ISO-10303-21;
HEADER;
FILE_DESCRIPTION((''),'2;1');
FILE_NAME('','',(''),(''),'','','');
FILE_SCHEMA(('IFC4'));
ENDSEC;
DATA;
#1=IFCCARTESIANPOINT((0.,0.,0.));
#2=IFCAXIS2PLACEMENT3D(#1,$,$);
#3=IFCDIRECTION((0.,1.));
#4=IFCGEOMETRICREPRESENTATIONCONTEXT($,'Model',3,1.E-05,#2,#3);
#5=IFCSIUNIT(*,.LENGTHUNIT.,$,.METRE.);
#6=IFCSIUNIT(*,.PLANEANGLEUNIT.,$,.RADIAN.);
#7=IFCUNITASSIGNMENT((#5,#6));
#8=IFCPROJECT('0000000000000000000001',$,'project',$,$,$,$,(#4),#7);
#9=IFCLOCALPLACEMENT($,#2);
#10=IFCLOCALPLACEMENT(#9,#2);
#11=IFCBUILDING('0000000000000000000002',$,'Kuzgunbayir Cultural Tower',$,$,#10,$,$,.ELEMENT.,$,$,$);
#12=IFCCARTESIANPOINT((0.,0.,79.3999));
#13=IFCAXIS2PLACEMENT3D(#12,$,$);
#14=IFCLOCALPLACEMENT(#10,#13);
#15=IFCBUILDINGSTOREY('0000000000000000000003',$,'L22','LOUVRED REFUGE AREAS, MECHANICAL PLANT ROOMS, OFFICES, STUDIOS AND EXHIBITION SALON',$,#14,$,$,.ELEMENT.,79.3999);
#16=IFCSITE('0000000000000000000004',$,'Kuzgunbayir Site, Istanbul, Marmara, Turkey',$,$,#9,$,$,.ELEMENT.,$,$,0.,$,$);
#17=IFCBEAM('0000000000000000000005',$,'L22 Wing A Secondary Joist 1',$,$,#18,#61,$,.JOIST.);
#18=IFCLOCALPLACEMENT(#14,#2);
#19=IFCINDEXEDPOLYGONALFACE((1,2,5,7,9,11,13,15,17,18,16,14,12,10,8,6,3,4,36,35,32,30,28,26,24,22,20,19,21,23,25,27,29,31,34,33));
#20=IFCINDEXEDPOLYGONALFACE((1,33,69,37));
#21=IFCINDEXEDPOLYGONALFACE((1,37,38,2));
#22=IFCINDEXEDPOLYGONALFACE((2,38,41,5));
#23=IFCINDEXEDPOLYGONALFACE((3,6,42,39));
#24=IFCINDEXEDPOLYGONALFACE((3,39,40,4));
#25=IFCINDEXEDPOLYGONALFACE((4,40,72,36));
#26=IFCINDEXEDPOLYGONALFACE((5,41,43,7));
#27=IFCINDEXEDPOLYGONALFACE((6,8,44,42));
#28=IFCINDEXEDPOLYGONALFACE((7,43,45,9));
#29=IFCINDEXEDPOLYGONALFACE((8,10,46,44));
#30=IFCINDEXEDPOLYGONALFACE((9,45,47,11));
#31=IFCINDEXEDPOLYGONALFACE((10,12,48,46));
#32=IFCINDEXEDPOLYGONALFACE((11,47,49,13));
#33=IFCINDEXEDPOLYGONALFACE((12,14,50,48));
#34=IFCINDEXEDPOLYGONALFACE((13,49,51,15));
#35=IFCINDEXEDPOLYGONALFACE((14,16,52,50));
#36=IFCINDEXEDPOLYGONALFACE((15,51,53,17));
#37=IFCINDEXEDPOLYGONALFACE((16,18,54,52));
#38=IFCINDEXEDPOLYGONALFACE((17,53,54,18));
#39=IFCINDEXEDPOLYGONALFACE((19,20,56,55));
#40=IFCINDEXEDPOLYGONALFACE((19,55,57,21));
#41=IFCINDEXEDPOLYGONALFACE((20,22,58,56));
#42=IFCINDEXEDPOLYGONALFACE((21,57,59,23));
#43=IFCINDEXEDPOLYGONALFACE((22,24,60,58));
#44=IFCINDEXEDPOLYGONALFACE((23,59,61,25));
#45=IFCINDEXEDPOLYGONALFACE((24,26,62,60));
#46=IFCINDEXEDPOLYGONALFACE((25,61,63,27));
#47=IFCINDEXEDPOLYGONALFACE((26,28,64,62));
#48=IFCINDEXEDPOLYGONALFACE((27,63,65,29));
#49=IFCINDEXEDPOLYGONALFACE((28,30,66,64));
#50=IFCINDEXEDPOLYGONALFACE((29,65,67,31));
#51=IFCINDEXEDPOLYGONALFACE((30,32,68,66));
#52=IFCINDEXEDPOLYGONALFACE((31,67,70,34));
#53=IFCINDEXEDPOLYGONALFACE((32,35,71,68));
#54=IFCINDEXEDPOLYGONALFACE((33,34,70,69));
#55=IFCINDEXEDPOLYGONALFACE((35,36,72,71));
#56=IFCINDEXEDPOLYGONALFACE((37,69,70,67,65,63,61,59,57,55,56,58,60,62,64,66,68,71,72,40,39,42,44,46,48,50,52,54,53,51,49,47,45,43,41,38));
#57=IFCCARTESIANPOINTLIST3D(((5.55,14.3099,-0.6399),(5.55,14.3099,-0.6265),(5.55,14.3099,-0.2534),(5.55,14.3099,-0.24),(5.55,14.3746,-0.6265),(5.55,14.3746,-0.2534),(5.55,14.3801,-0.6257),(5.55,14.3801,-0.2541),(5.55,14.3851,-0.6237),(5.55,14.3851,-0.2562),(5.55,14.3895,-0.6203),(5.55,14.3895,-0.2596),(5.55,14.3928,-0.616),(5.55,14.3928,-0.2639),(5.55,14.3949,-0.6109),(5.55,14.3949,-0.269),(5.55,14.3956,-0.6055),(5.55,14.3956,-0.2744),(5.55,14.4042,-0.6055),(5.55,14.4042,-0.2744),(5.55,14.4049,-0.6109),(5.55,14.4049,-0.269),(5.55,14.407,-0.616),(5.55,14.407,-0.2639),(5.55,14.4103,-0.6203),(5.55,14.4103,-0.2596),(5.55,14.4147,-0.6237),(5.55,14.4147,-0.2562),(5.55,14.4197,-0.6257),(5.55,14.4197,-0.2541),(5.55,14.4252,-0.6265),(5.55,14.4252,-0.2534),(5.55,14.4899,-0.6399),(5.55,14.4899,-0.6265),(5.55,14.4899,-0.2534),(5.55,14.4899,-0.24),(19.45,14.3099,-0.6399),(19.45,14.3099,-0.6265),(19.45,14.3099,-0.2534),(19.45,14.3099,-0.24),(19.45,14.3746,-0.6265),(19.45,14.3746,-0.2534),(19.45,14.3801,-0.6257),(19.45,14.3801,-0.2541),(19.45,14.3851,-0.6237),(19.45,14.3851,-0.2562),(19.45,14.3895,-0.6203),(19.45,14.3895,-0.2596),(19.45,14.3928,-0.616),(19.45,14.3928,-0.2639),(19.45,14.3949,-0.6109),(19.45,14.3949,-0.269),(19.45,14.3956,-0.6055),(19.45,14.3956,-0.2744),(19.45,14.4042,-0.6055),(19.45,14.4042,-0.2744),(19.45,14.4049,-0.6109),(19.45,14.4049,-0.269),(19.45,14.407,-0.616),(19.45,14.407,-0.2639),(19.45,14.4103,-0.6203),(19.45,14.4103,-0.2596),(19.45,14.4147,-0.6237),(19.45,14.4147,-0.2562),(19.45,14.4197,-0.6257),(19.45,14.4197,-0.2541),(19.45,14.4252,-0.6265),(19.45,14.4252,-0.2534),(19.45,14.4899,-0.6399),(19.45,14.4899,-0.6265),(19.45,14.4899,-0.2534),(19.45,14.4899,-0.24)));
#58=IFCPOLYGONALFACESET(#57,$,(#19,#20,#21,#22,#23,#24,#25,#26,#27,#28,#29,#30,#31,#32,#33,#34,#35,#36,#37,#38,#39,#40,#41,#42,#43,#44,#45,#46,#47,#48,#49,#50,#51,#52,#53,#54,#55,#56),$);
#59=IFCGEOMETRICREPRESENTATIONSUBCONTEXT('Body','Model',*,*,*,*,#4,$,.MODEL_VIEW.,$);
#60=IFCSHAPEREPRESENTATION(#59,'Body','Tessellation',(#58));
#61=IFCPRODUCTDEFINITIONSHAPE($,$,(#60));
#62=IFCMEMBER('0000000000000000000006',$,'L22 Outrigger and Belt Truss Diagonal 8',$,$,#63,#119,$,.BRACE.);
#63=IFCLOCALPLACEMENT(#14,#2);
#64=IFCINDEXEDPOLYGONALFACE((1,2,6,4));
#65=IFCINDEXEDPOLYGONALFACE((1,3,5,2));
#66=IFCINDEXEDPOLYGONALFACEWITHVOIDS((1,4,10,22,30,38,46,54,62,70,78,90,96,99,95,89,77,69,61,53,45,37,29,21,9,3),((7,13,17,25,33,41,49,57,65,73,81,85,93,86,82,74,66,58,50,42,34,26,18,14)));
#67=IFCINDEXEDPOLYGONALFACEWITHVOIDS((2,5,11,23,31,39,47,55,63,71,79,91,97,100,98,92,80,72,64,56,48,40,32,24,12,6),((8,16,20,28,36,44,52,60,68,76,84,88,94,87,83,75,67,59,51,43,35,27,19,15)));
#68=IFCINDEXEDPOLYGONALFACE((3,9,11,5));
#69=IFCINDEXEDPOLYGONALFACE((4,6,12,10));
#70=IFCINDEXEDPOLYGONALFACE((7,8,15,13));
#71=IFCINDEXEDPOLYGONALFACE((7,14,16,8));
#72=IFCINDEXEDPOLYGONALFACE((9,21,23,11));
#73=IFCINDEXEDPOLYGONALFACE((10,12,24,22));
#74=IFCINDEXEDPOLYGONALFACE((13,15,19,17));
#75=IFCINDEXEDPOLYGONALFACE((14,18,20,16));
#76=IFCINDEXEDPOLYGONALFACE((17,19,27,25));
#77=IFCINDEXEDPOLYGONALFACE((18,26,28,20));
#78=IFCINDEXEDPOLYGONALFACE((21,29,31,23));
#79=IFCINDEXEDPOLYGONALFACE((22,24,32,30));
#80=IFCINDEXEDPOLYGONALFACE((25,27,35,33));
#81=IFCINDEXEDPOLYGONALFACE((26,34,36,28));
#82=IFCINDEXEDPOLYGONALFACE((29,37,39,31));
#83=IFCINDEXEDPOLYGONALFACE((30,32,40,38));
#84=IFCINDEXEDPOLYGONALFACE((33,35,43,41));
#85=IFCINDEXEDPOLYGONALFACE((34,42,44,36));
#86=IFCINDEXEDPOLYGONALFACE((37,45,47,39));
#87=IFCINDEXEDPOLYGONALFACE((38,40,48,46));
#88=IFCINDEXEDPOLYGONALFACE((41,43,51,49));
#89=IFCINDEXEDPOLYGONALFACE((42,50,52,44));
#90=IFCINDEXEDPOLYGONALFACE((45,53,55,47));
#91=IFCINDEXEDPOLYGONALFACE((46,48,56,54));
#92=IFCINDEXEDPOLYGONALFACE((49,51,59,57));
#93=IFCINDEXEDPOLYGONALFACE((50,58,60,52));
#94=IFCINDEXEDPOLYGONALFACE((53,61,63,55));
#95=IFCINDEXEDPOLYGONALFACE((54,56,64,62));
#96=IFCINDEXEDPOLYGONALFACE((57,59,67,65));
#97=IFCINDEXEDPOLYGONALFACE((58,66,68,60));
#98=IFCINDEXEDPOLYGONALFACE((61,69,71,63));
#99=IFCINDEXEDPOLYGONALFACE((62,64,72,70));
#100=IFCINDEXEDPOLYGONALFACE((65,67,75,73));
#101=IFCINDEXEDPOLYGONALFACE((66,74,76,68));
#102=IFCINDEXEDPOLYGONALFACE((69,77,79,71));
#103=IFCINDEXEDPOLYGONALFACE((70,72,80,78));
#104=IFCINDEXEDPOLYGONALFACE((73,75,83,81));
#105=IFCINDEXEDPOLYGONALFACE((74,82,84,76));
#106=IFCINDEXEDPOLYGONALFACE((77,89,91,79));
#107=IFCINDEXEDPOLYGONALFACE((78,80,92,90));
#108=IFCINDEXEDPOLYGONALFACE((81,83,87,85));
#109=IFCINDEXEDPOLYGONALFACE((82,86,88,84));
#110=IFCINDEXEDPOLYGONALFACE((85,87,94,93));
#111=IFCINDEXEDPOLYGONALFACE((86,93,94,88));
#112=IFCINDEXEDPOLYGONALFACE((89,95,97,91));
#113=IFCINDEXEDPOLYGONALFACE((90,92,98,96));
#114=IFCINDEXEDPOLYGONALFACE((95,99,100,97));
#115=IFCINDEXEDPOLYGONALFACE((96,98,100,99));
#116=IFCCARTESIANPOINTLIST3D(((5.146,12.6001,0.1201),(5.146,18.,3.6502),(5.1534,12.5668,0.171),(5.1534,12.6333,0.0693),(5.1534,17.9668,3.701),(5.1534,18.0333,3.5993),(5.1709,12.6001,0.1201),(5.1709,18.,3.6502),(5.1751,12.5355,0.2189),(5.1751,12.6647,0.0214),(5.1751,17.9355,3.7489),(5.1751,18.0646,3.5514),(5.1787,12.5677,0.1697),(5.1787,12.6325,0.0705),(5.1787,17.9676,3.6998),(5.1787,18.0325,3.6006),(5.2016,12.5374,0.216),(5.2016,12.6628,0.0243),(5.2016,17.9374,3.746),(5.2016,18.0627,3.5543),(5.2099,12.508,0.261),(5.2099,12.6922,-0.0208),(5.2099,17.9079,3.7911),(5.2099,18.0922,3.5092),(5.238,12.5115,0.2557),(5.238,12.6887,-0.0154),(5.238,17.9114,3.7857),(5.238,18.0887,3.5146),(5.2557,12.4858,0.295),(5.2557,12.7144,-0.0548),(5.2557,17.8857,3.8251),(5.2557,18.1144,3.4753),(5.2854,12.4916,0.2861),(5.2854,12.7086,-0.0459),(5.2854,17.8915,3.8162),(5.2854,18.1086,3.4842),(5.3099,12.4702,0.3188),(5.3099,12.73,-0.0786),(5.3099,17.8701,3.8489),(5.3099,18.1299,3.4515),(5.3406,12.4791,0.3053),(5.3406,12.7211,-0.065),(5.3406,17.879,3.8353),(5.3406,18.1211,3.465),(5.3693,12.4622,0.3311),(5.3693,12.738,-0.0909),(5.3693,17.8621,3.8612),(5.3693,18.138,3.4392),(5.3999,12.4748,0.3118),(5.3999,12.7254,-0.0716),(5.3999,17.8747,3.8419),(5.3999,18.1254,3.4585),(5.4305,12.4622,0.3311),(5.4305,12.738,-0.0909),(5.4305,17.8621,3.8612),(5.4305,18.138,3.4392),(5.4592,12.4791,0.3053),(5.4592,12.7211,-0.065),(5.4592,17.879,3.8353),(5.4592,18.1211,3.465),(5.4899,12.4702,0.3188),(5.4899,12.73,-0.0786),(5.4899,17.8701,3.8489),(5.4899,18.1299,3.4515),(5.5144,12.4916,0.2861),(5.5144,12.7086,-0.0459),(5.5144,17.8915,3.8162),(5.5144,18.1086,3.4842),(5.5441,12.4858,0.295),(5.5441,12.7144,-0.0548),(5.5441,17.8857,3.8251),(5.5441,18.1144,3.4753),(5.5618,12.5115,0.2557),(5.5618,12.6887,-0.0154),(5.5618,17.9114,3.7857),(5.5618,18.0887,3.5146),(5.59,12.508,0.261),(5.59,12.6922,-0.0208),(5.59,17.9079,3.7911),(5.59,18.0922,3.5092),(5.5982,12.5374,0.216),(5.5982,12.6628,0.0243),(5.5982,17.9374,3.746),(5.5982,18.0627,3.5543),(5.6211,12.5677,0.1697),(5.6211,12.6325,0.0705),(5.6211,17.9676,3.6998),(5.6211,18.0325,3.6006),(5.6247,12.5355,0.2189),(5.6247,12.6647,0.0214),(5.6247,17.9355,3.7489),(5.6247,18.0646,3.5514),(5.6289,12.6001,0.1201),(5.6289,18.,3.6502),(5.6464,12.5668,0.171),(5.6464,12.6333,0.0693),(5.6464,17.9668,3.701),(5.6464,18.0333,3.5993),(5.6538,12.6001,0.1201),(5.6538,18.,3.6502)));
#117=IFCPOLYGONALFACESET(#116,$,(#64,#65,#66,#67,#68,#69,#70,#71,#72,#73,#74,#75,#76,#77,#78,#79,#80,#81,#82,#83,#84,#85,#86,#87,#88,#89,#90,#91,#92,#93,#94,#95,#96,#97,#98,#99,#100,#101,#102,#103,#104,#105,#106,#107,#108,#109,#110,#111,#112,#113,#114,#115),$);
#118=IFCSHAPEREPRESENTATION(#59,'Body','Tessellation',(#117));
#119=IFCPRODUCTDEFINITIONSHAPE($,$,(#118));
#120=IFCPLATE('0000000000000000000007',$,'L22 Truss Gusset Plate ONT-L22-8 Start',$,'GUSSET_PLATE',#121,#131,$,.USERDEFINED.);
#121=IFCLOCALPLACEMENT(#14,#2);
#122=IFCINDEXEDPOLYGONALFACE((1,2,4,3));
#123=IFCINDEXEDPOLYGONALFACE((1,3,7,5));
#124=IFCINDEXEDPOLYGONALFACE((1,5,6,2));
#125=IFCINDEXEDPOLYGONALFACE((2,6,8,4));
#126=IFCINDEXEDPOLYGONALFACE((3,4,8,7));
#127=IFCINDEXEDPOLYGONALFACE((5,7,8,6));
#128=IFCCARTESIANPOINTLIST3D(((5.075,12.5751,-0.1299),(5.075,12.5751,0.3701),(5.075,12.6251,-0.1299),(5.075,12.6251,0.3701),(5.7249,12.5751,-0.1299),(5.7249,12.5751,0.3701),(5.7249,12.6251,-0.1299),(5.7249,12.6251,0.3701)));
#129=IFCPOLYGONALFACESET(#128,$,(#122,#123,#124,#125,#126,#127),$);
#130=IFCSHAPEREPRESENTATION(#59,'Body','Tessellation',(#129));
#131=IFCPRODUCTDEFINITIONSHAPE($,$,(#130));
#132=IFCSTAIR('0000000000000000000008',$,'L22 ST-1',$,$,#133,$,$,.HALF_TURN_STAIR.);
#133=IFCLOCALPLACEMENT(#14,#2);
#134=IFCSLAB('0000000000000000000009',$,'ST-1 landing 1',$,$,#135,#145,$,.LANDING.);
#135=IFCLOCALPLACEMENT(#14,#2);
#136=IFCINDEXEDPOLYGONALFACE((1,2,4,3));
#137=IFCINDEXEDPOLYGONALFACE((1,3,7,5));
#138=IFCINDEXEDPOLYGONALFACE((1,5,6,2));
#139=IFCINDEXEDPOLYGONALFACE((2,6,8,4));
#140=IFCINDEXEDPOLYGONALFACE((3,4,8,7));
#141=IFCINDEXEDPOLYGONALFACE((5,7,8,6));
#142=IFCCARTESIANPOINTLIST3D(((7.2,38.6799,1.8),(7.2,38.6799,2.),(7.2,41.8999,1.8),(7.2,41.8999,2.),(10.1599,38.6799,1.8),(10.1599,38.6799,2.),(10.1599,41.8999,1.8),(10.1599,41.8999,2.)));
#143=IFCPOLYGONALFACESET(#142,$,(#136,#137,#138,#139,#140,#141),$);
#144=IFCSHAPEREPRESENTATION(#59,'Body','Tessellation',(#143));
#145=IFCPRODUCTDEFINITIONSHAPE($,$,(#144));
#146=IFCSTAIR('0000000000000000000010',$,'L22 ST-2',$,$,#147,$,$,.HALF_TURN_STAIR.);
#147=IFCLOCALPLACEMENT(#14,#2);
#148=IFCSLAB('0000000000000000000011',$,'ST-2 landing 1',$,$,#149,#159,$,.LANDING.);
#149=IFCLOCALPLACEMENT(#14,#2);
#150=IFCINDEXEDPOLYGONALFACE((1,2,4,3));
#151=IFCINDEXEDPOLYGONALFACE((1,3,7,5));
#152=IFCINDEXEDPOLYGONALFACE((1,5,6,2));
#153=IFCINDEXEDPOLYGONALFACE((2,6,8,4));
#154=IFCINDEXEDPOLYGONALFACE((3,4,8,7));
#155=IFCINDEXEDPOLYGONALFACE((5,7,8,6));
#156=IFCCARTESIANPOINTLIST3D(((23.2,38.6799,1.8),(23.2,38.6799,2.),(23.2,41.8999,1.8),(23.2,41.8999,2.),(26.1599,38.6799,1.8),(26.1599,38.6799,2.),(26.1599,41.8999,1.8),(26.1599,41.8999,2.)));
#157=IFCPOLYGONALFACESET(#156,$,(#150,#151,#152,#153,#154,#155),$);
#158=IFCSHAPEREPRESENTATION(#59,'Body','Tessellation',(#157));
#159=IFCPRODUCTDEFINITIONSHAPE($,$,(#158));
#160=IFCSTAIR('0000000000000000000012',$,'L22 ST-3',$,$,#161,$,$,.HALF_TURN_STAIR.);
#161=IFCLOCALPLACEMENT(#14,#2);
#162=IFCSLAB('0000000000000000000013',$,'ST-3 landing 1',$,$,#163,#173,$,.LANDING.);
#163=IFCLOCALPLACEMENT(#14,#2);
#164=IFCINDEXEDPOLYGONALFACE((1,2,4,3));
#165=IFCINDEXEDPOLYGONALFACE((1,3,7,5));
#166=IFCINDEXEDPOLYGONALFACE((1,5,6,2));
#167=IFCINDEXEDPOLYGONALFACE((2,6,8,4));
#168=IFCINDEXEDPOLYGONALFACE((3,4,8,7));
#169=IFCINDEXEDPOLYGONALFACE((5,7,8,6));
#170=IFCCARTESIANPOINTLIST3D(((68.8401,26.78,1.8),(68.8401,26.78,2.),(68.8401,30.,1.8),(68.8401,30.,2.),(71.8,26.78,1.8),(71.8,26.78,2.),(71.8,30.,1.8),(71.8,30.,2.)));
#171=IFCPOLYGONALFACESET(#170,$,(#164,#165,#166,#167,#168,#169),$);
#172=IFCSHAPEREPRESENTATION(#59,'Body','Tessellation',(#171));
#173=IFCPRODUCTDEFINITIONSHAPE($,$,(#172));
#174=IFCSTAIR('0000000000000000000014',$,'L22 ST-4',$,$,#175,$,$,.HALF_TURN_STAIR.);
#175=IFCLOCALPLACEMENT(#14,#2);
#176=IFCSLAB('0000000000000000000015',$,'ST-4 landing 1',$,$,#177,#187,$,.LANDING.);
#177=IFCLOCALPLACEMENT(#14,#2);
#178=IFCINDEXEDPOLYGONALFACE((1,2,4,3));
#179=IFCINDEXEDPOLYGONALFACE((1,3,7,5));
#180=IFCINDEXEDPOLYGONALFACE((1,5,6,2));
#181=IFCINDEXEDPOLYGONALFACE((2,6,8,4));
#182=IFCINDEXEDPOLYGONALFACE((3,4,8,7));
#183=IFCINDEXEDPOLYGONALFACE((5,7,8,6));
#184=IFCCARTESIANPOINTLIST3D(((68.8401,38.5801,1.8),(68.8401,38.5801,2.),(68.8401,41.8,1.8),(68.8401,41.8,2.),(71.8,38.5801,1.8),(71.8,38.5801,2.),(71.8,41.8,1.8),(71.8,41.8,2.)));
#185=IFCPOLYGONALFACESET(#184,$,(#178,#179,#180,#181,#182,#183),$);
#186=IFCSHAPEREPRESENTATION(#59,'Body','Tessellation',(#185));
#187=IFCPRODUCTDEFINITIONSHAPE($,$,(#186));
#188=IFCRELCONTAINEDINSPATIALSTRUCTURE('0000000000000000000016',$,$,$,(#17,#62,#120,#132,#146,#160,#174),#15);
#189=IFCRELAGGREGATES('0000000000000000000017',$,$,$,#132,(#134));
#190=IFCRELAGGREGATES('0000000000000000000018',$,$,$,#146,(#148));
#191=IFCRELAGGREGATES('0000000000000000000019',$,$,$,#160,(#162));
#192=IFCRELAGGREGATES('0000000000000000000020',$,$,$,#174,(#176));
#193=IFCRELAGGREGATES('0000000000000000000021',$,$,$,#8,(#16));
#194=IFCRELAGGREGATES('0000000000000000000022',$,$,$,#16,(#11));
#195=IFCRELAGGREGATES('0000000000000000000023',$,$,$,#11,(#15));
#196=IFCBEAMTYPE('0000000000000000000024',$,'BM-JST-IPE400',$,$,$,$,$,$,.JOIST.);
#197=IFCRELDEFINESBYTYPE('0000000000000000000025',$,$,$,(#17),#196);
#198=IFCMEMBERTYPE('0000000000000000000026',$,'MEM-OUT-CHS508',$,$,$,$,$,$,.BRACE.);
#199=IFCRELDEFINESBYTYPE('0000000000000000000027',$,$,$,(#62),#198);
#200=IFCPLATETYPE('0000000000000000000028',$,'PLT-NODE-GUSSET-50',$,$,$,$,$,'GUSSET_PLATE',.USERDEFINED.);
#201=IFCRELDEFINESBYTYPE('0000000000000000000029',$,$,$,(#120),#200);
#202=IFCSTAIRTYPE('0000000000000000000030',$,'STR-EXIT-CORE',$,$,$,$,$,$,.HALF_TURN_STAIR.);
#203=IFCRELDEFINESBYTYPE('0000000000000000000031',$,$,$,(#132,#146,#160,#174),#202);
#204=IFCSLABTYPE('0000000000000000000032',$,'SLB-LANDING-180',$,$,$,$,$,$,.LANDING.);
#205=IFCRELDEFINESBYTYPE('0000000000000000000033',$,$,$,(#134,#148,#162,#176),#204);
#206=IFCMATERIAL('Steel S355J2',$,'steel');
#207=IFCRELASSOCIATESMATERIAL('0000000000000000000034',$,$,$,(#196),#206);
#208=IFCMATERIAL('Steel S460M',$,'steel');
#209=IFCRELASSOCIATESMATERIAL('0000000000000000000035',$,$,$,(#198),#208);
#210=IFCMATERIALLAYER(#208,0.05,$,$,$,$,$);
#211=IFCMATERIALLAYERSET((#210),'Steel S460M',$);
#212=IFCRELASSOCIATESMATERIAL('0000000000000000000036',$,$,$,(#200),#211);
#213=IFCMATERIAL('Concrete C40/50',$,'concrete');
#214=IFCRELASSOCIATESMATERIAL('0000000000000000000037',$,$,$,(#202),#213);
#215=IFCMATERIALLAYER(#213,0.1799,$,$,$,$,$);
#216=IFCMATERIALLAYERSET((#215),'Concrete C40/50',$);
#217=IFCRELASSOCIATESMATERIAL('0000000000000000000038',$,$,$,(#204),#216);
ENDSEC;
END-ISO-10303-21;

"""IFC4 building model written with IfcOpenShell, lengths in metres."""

from ifc_helpers import new_model, si_unit, direction, frame, origin, origin_2d, place, context, subcontext, project, spatial, polyline, rectangle, hollow_circle, i_section, outline, extrude, material, layer, layer_set, material_profile, profile_set, type_object, element, aggregate, save


model = new_model("IFC4")

# Units and contexts
model_context = context("Model", 3, precision=1e-05, world=origin(), true_north=direction((0.0, 1.0)))
body_context = subcontext(model_context, "Body", "Model", "MODEL_VIEW")
ifc_project = project(units=[si_unit("LENGTHUNIT", "METRE"), si_unit("PLANEANGLEUNIT", "RADIAN")], contexts=[model_context])

# Site, building, storey
site_placement = place(None, origin())
site = spatial("IfcSite", under=ifc_project, at=site_placement, Name="Kuzgunbayir Site, Istanbul, Marmara, Turkey", CompositionType="ELEMENT", RefElevation=0.0)
building_placement = place(site_placement, origin())
building = spatial("IfcBuilding", under=site, at=building_placement, Name="Kuzgunbayir Cultural Tower", CompositionType="ELEMENT")
storey_placement = place(building_placement, frame((0.0, 0.0, 79.3999)))
storey = spatial("IfcBuildingStorey", under=building, at=storey_placement, Name="L22", Description="LOUVRED REFUGE AREAS, MECHANICAL PLANT ROOMS, OFFICES, STUDIOS AND EXHIBITION SALON", CompositionType="ELEMENT", Elevation=79.3999)

# Beam
ifc_material_1 = material(Name="Steel S355J2", Category="steel")
ifc_material_profile_1 = material_profile(ifc_material_1, i_section(OverallWidth=0.1799, OverallDepth=0.3999, WebThickness=0.0085, FlangeThickness=0.0134, FilletRadius=0.021, at=origin_2d()), Name="IPE 400")
ifc_profile_set_1 = profile_set([ifc_material_profile_1], Name="Steel S355J2")
beam_type_1 = type_object("IfcBeamType", Name="BM-JST-IPE400", PredefinedType="JOIST", material=ifc_profile_set_1)
beam_1_placement = place(storey_placement, frame((5.55, 14.3999, -0.4399), z_axis=(1.0, 0.0, 0.0), x_axis=(0.0, 1.0, 0.0)))
element("IfcBeam", 1, at=beam_1_placement, inside=storey, type_object=beam_type_1, Name="L22 Wing A Secondary Joist 1", PredefinedType="JOIST", context=body_context, shape_type="SweptSolid", body=[
    extrude(i_section(OverallWidth=0.1799, OverallDepth=0.3999, WebThickness=0.0085, FlangeThickness=0.0134, FilletRadius=0.021, at=origin_2d()), origin(), (0.0, 0.0, 1.0), 13.8999),
])

# Member
ifc_material_2 = material(Name="Steel S460M", Category="steel")
ifc_material_profile_2 = material_profile(ifc_material_2, hollow_circle(Radius=0.2539, WallThickness=0.0249, at=origin_2d()), Name="CHS 508x25")
ifc_profile_set_2 = profile_set([ifc_material_profile_2], Name="Steel S460M")
member_type = type_object("IfcMemberType", Name="MEM-OUT-CHS508", PredefinedType="BRACE", material=ifc_profile_set_2)
member_placement = place(storey_placement, frame((5.3999, 12.6001, 0.1201), z_axis=(0.0, 0.837018, 0.547176), x_axis=(-1.0, 0.0, 0.0)))
element("IfcMember", 2, at=member_placement, inside=storey, type_object=member_type, Name="L22 Outrigger and Belt Truss Diagonal 8", PredefinedType="BRACE", context=body_context, shape_type="SweptSolid", body=[
    extrude(hollow_circle(Radius=0.2539, WallThickness=0.0249, at=origin_2d()), origin(), (0.0, 0.0, 1.0), 6.4514),
])

# Plate
ifc_layer_1 = layer(ifc_material_2, 0.05)
ifc_layer_set_1 = layer_set([ifc_layer_1], Name="Steel S460M")
plate_type = type_object("IfcPlateType", Name="PLT-NODE-GUSSET-50", ElementType="GUSSET_PLATE", PredefinedType="USERDEFINED", material=ifc_layer_set_1)
plate_placement = place(storey_placement, frame((5.3999, 12.6001, -0.1299), z_axis=(0.0, 0.0, 1.0), x_axis=(1.0, 0.0, 0.0)))
element("IfcPlate", 3, at=plate_placement, inside=storey, type_object=plate_type, Name="L22 Truss Gusset Plate ONT-L22-8 Start", ObjectType="GUSSET_PLATE", PredefinedType="USERDEFINED", context=body_context, shape_type="SweptSolid", body=[
    extrude(rectangle(XDim=0.6499, YDim=0.05, at=origin_2d()), origin(), (0.0, 0.0, 1.0), 0.5),
])

# Stairs, slabs
ifc_material_3 = material(Name="Concrete C40/50", Category="concrete")
stair_type = type_object("IfcStairType", Name="STR-EXIT-CORE", PredefinedType="HALF_TURN_STAIR", material=ifc_material_3)
stair_1_placement = place(storey_placement, origin())
stair_1 = element("IfcStair", 4, at=stair_1_placement, inside=storey, type_object=stair_type, Name="L22 ST-1", PredefinedType="HALF_TURN_STAIR")
ifc_layer_2 = layer(ifc_material_3, 0.1799)
ifc_layer_set_2 = layer_set([ifc_layer_2], Name="Concrete C40/50")
slab_type_1 = type_object("IfcSlabType", Name="SLB-LANDING-180", PredefinedType="LANDING", material=ifc_layer_set_2)
slab_1_placement = place(storey_placement, frame((0.0, 0.0, 1.8)))
slab_1 = element("IfcSlab", 5, at=slab_1_placement, type_object=slab_type_1, Name="ST-1 landing 1", PredefinedType="LANDING", context=body_context, shape_type="SweptSolid", body=[
    extrude(outline(polyline([(10.1599, 38.6799), (10.1599, 41.8999), (7.2, 41.8999), (7.2, 38.6799), (10.1599, 38.6799)])), origin(), (0.0, 0.0, 1.0), 0.2),
])
aggregate(stair_1, [slab_1])
stair_2_placement = place(storey_placement, origin())
stair_2 = element("IfcStair", 6, at=stair_2_placement, inside=storey, type_object=stair_type, Name="L22 ST-2", PredefinedType="HALF_TURN_STAIR")
slab_2_placement = place(storey_placement, frame((0.0, 0.0, 1.8)))
slab_2 = element("IfcSlab", 7, at=slab_2_placement, type_object=slab_type_1, Name="ST-2 landing 1", PredefinedType="LANDING", context=body_context, shape_type="SweptSolid", body=[
    extrude(outline(polyline([(26.1599, 38.6799), (26.1599, 41.8999), (23.2, 41.8999), (23.2, 38.6799), (26.1599, 38.6799)])), origin(), (0.0, 0.0, 1.0), 0.2),
])
aggregate(stair_2, [slab_2])
stair_3_placement = place(storey_placement, origin())
stair_3 = element("IfcStair", 8, at=stair_3_placement, inside=storey, type_object=stair_type, Name="L22 ST-3", PredefinedType="HALF_TURN_STAIR")
slab_3_placement = place(storey_placement, frame((0.0, 0.0, 1.8)))
slab_3 = element("IfcSlab", 9, at=slab_3_placement, type_object=slab_type_1, Name="ST-3 landing 1", PredefinedType="LANDING", context=body_context, shape_type="SweptSolid", body=[
    extrude(outline(polyline([(71.8, 26.78), (71.8, 30.0), (68.8401, 30.0), (68.8401, 26.78), (71.8, 26.78)])), origin(), (0.0, 0.0, 1.0), 0.2),
])
aggregate(stair_3, [slab_3])
stair_4_placement = place(storey_placement, origin())
stair_4 = element("IfcStair", 10, at=stair_4_placement, inside=storey, type_object=stair_type, Name="L22 ST-4", PredefinedType="HALF_TURN_STAIR")
slab_4_placement = place(storey_placement, frame((0.0, 0.0, 1.8)))
slab_4 = element("IfcSlab", 11, at=slab_4_placement, type_object=slab_type_1, Name="ST-4 landing 1", PredefinedType="LANDING", context=body_context, shape_type="SweptSolid", body=[
    extrude(outline(polyline([(71.8, 38.5801), (71.8, 41.8), (68.8401, 41.8), (68.8401, 38.5801), (71.8, 38.5801)])), origin(), (0.0, 0.0, 1.0), 0.2),
])
aggregate(stair_4, [slab_4])

save(model, "model.ifc")
